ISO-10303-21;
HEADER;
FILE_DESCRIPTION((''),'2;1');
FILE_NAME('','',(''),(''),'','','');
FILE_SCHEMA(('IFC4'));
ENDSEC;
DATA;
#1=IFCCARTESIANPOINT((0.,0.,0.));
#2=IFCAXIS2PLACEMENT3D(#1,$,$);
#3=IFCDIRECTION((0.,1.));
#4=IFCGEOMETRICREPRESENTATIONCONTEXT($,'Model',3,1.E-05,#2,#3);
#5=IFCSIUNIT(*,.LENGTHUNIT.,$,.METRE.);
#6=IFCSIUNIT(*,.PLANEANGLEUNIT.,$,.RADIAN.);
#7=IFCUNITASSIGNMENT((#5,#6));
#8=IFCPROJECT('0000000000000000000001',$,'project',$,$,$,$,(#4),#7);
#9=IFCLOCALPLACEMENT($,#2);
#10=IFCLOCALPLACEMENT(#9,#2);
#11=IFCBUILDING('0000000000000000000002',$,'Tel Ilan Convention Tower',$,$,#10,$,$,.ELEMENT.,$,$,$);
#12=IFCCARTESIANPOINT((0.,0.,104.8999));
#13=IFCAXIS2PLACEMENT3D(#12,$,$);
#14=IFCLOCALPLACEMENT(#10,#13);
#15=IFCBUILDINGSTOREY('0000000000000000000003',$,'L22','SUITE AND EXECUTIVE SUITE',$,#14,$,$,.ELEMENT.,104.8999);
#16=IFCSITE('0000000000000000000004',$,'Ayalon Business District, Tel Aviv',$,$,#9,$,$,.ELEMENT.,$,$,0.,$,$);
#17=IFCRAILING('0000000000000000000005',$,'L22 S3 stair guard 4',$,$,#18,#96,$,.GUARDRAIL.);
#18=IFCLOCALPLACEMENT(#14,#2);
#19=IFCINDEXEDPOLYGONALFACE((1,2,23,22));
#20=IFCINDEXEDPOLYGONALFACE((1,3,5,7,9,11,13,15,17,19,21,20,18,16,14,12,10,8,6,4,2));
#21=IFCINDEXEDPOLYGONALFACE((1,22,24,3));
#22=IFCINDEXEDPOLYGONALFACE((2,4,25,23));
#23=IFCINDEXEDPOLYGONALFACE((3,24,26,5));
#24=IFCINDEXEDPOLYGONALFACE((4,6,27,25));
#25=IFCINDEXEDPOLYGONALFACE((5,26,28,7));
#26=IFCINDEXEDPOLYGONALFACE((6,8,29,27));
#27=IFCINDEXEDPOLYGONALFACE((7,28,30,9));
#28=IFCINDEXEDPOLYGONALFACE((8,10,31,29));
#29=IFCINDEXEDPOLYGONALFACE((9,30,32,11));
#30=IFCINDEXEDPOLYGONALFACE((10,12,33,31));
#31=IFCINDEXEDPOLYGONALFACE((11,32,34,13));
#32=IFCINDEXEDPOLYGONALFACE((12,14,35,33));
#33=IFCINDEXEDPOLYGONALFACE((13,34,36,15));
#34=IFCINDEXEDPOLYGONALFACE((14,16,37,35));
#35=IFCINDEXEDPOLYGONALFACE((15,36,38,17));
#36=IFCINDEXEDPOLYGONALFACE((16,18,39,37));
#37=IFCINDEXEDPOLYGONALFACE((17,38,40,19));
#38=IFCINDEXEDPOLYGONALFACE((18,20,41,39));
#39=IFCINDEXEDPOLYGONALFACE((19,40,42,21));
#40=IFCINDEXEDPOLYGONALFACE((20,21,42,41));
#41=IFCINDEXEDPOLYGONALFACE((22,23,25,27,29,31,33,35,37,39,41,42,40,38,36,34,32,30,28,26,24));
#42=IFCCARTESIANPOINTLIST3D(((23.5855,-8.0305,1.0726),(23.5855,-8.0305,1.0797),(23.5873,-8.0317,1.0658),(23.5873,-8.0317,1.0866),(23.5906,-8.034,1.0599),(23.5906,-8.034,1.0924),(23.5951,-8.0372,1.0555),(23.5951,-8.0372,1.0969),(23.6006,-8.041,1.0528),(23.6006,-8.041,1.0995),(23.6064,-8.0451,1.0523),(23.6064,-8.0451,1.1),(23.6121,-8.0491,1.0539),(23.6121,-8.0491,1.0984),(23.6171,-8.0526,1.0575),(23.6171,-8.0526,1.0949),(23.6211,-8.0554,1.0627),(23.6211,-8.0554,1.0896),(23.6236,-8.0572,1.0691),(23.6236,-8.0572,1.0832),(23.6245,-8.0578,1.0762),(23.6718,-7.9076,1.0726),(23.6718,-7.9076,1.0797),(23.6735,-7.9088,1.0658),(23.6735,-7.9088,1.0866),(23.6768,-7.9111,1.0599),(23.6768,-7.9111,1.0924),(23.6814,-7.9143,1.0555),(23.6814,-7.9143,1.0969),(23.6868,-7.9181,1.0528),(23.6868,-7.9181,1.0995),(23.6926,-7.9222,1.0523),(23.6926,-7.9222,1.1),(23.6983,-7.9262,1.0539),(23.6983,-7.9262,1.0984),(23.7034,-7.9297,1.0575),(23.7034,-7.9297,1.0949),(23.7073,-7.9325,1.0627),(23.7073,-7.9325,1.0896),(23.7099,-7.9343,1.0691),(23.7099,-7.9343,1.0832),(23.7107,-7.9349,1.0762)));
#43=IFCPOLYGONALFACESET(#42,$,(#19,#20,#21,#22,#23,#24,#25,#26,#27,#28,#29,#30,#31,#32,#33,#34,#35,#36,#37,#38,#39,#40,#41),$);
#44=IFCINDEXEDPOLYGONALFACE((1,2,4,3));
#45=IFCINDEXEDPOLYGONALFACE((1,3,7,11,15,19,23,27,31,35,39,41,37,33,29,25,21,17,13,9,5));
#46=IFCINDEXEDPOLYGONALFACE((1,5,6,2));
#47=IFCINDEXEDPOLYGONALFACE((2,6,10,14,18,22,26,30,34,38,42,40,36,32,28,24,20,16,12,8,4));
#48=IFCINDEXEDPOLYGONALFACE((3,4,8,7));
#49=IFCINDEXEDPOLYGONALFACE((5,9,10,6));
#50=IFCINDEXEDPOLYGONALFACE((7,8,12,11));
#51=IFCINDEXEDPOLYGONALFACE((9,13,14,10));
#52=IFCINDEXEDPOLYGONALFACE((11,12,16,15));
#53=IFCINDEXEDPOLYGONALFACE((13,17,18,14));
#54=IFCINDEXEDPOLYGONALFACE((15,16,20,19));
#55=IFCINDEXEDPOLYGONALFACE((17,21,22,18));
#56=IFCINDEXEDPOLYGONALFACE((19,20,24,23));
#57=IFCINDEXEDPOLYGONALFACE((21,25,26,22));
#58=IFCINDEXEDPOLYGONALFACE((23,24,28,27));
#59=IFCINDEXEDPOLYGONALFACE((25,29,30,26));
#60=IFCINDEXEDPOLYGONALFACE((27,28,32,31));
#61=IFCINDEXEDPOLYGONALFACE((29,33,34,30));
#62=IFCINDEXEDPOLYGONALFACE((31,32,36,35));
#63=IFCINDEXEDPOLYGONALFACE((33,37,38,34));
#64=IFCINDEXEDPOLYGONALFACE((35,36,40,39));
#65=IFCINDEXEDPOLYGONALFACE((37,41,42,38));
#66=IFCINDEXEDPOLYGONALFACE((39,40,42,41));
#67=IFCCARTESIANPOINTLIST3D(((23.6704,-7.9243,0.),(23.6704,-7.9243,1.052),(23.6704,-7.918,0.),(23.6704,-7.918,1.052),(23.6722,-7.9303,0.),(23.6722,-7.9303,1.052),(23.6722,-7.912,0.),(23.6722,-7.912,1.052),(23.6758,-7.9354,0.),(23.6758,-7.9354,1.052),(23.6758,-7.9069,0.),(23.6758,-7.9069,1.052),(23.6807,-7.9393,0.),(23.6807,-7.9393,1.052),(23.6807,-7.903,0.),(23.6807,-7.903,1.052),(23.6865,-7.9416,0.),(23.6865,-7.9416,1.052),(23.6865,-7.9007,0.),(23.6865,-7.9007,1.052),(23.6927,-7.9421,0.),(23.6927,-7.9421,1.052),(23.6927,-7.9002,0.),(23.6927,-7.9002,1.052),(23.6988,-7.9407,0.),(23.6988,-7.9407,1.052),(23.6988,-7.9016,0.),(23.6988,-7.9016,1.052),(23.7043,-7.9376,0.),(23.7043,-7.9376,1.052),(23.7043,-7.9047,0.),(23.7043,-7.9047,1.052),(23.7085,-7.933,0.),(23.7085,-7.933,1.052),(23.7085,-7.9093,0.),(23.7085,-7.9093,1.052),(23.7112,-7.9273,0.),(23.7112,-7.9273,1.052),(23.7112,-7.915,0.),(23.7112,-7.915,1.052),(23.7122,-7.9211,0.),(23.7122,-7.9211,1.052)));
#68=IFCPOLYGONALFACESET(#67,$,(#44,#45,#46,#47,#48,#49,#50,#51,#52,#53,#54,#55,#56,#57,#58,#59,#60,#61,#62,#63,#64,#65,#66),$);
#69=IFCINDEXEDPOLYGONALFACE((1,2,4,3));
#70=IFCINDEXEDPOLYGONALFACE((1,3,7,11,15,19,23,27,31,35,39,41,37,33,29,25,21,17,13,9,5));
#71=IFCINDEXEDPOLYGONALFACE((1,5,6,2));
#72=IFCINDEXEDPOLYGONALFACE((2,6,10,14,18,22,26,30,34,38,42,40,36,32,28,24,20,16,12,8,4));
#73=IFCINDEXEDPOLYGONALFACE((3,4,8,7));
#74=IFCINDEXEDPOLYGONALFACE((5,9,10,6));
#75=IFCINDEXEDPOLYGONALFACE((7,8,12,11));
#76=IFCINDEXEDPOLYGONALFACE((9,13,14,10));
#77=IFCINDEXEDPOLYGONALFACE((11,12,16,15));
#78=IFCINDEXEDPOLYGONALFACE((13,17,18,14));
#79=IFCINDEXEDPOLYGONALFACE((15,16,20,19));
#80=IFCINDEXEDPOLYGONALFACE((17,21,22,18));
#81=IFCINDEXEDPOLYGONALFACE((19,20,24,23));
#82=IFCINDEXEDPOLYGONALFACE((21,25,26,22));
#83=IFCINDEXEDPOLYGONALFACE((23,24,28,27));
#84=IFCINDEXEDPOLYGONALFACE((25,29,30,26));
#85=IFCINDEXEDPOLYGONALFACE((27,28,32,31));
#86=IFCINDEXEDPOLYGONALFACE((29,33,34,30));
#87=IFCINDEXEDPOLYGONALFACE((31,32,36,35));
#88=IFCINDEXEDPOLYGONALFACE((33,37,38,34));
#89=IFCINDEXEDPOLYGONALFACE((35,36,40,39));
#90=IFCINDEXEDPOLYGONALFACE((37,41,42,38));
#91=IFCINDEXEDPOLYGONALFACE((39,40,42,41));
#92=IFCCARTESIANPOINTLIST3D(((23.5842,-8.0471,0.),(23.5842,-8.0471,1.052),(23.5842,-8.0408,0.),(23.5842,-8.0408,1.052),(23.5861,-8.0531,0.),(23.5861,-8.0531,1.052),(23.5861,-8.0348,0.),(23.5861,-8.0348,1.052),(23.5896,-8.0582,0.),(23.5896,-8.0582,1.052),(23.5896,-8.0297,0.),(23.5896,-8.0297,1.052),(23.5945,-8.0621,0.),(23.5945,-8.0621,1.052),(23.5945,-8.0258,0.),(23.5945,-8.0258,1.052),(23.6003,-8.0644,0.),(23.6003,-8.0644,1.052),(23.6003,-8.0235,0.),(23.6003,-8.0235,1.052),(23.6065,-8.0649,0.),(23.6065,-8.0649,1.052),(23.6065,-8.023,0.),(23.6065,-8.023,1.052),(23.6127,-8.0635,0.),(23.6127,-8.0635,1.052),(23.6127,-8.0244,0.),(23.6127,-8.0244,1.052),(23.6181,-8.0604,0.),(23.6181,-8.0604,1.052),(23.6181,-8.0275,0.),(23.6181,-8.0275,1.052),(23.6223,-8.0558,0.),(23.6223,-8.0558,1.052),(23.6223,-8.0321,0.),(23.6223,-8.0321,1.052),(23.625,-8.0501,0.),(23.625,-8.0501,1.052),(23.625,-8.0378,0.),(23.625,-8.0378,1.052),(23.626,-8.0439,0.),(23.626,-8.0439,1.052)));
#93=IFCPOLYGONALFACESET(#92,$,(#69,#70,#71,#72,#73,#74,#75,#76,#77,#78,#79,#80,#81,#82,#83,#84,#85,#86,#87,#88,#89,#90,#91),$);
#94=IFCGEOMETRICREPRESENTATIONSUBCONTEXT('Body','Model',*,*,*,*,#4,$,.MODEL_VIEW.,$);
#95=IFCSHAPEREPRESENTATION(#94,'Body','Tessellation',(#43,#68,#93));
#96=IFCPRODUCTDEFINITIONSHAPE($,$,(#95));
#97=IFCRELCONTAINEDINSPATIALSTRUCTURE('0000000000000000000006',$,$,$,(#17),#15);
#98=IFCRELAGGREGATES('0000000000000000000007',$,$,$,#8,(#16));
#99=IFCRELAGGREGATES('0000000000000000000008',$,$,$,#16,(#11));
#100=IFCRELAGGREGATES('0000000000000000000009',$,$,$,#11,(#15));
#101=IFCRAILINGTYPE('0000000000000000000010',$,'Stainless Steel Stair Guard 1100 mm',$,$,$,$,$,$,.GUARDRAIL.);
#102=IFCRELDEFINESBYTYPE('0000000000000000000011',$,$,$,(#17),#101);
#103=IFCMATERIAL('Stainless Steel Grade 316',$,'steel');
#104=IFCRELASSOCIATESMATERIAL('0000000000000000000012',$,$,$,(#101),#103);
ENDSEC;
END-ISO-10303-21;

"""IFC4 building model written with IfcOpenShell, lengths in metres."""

from ifc_helpers import new_model, si_unit, direction, frame, origin, origin_2d, place, context, subcontext, project, spatial, circle, extrude, material, type_object, element, save


model = new_model("IFC4")

# Units and contexts
model_context = context("Model", 3, precision=1e-05, world=origin(), true_north=direction((0.0, 1.0)))
body_context = subcontext(model_context, "Body", "Model", "MODEL_VIEW")
ifc_project = project(units=[si_unit("LENGTHUNIT", "METRE"), si_unit("PLANEANGLEUNIT", "RADIAN")], contexts=[model_context])

# Site, building, storey
site_placement = place(None, origin())
site = spatial("IfcSite", under=ifc_project, at=site_placement, Name="Ayalon Business District, Tel Aviv", CompositionType="ELEMENT", RefElevation=0.0)
building_placement = place(site_placement, origin())
building = spatial("IfcBuilding", under=site, at=building_placement, Name="Tel Ilan Convention Tower", CompositionType="ELEMENT")
storey_placement = place(building_placement, frame((0.0, 0.0, 104.8999)))
storey = spatial("IfcBuildingStorey", under=building, at=storey_placement, Name="L22", Description="SUITE AND EXECUTIVE SUITE", CompositionType="ELEMENT", Elevation=104.8999)

# Railing
ifc_material_1 = material(Name="Stainless Steel Grade 316", Category="steel")
railing_type_1 = type_object("IfcRailingType", Name="Stainless Steel Stair Guard 1100 mm", PredefinedType="GUARDRAIL", material=ifc_material_1)
railing_1_placement = place(storey_placement, frame((23.6912, -7.9211, 0.0)))
element("IfcRailing", 1, at=railing_1_placement, inside=storey, type_object=railing_type_1, Name="L22 S3 stair guard 4", PredefinedType="GUARDRAIL", context=body_context, shape_type="SweptSolid", body=[
    extrude(circle(Radius=0.0239, at=origin_2d()), frame((0.0, 0.0, 1.0762), z_axis=(-0.574445, -0.818543, 0.0), x_axis=(0.818543, -0.574445, 0.0)), (0.0, 0.0, 1.0), 0.1501),
    extrude(circle(Radius=0.021, at=origin_2d()), origin(), (0.0, 0.0, 1.0), 1.052),
    extrude(circle(Radius=0.021, at=origin_2d()), frame((-0.0862, -0.1228, 0.0)), (0.0, 0.0, 1.0), 1.052),
])

save(model, "model.ifc")
